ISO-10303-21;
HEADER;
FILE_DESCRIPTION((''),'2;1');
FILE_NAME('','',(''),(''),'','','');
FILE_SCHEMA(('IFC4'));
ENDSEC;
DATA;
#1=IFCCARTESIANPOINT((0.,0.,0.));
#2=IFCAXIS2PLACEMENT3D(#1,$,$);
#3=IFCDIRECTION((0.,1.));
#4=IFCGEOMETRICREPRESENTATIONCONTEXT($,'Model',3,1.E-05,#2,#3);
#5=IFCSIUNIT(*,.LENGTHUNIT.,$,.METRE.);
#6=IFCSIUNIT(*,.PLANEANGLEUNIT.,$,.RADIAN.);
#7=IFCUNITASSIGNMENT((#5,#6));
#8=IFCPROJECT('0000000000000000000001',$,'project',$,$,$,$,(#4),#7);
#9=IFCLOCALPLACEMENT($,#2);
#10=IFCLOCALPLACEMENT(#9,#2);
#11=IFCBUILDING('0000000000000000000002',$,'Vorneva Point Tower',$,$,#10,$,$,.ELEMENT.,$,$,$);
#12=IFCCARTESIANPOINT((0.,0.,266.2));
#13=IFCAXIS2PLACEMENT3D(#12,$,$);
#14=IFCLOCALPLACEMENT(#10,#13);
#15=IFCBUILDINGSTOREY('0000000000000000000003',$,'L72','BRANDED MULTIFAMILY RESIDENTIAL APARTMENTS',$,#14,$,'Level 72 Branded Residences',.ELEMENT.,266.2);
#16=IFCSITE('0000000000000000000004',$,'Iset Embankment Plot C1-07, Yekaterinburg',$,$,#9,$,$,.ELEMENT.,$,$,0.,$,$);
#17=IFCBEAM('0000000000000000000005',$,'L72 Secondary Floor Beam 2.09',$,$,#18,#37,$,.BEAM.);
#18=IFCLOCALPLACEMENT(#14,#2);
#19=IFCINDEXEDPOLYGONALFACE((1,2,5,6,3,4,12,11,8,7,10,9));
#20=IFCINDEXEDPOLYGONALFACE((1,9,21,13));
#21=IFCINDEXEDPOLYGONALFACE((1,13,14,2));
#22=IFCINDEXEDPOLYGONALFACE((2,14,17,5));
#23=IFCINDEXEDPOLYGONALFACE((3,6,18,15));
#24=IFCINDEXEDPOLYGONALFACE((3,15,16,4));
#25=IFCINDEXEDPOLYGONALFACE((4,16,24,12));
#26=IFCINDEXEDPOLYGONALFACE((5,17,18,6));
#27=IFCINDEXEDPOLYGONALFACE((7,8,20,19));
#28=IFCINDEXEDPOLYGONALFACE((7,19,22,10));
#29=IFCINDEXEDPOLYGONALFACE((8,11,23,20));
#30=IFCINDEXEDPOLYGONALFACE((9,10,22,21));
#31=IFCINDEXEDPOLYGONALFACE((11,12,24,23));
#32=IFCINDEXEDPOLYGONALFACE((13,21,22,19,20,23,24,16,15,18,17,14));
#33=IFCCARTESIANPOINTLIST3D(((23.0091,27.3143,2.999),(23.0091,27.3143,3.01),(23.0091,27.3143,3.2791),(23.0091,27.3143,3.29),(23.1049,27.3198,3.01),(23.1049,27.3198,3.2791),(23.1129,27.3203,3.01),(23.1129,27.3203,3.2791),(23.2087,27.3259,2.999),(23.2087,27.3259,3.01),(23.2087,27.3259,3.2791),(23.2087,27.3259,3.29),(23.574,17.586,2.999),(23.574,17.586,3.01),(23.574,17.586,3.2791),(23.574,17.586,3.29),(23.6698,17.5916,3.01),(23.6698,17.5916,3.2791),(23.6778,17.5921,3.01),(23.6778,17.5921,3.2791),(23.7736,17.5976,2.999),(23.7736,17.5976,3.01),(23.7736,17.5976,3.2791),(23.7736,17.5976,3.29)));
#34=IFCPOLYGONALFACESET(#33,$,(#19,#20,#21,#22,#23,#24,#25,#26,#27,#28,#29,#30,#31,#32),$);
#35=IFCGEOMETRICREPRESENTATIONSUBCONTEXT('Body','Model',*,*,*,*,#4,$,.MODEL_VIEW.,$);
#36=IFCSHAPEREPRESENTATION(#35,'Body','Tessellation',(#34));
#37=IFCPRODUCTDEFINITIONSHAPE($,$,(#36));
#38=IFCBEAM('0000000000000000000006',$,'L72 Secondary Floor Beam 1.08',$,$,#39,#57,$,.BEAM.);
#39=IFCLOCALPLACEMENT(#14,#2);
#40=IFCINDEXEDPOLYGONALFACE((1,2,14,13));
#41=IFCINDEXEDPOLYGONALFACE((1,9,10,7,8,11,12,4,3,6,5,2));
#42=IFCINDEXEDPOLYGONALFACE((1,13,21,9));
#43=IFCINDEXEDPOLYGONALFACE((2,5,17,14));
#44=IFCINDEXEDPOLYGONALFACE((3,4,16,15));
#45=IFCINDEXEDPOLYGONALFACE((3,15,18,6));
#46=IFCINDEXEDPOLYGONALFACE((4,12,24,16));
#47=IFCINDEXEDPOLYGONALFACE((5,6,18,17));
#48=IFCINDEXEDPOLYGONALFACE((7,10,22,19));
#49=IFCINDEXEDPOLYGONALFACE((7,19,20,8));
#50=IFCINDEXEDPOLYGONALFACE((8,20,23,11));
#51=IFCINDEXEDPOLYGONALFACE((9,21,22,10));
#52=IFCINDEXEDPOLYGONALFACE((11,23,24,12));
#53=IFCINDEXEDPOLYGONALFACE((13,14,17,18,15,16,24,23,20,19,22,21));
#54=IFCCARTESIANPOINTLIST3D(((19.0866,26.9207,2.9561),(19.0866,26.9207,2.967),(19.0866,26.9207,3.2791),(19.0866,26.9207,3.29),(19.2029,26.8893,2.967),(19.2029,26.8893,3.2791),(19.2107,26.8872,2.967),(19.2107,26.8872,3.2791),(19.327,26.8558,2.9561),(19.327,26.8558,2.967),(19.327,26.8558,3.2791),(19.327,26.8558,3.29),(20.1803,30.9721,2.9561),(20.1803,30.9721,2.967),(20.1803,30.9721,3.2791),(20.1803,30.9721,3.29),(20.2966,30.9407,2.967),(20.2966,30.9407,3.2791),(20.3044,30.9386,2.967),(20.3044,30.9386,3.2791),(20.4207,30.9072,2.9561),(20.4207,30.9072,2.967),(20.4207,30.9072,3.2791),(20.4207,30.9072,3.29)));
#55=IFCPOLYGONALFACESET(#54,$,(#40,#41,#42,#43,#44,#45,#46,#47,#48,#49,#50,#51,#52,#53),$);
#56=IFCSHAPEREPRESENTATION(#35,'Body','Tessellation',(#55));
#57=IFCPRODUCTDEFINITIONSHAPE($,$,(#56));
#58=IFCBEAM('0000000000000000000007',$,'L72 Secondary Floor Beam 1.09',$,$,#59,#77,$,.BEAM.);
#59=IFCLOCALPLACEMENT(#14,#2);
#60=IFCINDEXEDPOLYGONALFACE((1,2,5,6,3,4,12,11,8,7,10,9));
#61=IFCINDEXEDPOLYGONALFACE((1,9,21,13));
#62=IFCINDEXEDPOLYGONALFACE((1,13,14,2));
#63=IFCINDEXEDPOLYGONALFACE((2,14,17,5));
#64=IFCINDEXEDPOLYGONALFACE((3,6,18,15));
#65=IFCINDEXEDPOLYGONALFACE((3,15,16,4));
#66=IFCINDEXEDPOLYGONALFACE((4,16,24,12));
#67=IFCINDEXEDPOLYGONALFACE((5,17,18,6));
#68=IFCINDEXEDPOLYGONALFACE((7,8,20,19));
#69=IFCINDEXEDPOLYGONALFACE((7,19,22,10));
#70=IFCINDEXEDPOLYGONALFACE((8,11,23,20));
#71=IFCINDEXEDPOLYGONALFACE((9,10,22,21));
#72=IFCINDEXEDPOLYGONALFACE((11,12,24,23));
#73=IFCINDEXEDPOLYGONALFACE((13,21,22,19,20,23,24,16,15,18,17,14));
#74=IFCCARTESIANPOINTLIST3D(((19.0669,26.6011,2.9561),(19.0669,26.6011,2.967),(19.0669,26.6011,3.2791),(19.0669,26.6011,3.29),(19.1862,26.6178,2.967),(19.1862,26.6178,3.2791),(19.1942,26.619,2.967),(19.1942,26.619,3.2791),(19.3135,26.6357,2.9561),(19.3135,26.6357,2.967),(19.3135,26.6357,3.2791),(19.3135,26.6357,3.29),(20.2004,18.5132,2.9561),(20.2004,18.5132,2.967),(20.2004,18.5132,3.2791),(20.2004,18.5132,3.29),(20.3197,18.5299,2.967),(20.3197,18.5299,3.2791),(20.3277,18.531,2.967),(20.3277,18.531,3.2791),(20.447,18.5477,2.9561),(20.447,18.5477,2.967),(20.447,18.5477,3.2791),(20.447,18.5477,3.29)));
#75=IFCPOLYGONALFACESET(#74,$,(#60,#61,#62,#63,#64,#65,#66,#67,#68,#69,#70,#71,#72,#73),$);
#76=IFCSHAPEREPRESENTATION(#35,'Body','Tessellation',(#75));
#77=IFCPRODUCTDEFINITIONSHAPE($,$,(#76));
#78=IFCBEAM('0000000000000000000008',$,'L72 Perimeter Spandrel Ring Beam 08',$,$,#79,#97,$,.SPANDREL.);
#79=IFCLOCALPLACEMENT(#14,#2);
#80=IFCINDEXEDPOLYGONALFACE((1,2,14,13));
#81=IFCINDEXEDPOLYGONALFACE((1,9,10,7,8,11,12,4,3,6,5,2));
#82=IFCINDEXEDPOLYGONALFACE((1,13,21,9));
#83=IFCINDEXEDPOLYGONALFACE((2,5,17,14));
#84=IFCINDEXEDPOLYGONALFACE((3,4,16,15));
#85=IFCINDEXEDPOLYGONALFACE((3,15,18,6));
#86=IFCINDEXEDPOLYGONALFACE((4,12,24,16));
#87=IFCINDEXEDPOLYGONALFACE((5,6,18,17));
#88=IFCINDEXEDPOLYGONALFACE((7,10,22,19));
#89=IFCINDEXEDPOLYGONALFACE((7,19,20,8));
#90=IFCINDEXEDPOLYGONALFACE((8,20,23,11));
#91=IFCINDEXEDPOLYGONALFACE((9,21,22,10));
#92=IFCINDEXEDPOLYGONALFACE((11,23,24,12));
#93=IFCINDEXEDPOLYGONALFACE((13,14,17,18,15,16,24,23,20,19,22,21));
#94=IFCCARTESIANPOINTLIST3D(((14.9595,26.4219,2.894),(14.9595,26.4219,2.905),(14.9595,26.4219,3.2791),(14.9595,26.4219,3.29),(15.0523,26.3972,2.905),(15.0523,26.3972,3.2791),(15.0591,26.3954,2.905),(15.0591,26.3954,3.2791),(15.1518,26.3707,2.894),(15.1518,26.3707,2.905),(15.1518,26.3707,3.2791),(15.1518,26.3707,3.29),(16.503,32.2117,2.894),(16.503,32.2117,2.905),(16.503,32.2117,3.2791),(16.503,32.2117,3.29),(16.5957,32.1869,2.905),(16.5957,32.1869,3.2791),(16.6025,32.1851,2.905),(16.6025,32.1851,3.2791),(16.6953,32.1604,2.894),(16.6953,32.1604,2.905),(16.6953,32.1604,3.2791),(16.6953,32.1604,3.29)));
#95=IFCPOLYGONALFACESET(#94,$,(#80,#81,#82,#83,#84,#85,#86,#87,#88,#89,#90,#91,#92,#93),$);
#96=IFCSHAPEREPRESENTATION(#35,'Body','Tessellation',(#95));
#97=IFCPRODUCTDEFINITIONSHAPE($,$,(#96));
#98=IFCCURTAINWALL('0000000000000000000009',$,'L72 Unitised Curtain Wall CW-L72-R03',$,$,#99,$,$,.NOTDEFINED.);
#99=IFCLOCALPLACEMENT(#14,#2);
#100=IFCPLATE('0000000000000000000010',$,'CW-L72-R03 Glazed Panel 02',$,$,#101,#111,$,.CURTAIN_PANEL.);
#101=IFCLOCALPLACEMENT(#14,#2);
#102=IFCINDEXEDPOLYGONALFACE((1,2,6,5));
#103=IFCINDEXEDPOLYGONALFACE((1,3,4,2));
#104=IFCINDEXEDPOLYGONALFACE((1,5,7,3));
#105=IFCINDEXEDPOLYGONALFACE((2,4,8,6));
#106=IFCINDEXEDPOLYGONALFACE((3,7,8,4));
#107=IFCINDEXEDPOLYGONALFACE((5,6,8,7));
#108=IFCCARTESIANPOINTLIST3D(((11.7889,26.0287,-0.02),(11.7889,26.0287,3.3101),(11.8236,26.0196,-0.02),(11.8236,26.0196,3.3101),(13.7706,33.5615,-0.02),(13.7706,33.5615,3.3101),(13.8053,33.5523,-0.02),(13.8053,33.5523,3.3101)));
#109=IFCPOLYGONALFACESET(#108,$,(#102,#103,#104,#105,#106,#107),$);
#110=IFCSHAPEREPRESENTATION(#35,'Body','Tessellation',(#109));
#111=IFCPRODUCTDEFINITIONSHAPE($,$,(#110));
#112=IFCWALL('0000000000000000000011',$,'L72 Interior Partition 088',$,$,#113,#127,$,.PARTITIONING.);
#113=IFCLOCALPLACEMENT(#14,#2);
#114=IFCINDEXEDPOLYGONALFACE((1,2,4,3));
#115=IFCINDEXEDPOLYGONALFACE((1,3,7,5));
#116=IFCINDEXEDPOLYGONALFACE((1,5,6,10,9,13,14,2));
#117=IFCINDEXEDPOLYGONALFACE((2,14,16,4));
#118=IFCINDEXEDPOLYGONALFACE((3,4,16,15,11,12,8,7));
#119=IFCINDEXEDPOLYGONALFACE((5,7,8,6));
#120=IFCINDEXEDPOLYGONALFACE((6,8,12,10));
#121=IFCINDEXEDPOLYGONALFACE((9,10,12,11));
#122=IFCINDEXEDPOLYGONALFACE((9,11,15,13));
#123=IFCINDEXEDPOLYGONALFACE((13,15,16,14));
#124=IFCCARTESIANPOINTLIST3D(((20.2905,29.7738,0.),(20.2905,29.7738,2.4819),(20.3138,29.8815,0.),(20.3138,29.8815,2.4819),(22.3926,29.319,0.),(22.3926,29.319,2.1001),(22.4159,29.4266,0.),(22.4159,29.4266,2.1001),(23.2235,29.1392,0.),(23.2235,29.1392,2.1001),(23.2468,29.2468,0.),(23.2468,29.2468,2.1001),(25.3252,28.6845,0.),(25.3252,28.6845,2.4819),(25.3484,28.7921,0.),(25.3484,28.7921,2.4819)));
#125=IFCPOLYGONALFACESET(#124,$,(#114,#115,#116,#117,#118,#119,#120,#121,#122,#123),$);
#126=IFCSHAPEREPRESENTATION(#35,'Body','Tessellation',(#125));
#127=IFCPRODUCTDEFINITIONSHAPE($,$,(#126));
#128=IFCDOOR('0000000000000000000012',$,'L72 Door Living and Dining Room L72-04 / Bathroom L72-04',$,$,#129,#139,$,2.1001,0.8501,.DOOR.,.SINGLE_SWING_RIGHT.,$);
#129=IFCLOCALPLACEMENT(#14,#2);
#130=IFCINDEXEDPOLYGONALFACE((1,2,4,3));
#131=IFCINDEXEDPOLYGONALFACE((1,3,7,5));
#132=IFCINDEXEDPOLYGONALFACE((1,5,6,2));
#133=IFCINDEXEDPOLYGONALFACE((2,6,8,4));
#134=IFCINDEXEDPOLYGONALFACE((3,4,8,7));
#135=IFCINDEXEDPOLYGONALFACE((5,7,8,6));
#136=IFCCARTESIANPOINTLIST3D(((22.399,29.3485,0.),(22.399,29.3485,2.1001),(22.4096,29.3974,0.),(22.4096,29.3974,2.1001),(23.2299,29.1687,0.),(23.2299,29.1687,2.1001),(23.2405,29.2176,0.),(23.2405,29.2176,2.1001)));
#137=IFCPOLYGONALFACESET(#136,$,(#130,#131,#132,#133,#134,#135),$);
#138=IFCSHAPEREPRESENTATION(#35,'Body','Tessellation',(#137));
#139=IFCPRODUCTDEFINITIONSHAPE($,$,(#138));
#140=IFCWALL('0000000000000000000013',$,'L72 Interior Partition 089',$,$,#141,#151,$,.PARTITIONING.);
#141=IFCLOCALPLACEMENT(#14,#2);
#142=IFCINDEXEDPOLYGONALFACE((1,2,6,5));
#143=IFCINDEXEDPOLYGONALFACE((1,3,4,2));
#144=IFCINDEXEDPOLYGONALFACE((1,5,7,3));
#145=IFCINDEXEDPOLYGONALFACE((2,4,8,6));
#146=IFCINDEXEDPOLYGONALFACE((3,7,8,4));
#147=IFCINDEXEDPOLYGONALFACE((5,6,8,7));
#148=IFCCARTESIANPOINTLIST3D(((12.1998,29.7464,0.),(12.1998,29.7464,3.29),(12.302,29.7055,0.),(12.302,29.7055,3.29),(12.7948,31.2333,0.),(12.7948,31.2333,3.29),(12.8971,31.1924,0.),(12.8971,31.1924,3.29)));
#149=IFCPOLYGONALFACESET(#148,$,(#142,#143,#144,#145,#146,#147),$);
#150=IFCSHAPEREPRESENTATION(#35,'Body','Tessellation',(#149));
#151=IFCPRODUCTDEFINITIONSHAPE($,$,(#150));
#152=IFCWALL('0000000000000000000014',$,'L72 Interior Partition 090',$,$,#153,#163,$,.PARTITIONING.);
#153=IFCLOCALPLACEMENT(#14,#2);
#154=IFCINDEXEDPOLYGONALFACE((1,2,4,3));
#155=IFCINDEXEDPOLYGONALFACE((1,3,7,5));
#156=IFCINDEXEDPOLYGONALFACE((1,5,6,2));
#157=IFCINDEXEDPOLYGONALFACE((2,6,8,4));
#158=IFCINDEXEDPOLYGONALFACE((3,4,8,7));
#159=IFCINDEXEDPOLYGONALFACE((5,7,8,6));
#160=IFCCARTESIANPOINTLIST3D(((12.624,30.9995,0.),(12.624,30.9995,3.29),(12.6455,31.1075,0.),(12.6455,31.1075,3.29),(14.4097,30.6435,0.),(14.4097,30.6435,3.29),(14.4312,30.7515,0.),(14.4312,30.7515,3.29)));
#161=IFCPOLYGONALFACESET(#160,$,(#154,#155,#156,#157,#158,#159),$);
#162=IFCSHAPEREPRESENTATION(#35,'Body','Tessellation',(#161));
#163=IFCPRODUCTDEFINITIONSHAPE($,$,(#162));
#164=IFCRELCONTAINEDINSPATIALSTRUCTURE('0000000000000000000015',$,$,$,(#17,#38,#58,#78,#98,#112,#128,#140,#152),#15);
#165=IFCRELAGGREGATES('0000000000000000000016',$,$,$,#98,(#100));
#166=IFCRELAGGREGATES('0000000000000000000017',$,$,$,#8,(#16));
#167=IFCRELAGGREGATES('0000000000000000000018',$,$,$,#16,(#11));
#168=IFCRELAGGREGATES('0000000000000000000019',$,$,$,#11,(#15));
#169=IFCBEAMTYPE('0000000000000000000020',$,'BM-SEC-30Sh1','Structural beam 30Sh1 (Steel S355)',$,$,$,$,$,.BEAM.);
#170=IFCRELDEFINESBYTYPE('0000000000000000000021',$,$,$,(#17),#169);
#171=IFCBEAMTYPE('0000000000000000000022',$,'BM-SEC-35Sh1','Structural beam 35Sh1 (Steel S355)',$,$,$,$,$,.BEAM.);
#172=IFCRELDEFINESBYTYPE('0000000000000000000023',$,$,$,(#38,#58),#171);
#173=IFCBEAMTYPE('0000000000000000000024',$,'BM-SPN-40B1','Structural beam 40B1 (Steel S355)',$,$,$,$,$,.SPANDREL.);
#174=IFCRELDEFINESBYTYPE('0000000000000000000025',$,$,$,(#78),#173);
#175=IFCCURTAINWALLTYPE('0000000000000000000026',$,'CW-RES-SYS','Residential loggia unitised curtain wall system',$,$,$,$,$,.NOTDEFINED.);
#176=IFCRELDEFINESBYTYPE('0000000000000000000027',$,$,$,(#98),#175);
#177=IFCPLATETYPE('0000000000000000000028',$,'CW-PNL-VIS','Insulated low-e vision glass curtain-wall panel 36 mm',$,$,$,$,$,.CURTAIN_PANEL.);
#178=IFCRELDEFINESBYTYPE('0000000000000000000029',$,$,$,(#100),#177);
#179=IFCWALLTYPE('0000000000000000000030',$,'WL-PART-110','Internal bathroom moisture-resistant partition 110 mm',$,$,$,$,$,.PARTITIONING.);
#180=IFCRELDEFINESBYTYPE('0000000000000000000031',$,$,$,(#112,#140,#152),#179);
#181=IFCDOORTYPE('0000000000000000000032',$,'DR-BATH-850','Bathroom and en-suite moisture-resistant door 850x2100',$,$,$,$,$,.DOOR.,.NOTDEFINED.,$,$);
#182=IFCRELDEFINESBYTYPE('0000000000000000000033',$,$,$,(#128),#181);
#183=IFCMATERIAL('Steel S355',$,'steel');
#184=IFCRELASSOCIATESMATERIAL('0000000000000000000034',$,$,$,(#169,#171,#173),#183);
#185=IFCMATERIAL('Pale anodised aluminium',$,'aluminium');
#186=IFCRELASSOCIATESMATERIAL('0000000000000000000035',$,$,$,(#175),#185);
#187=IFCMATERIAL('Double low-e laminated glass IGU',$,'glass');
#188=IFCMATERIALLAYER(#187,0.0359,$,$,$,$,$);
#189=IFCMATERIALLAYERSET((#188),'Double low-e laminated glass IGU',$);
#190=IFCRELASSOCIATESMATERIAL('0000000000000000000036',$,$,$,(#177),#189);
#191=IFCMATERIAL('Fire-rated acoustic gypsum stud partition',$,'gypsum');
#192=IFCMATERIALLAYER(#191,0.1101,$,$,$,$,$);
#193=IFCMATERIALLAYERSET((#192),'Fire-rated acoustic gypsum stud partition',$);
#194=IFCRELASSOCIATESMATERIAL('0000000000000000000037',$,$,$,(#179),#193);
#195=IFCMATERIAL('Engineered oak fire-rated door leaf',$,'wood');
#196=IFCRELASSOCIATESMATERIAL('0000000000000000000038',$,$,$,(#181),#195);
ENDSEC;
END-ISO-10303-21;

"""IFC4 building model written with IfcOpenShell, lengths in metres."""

from ifc_helpers import new_model, si_unit, direction, frame, frame_2d, origin, origin_2d, place, context, subcontext, project, spatial, rectangle, i_section, extrude, material, layer, layer_set, material_profile, profile_set, type_object, element, fill, aggregate, save


model = new_model("IFC4")

# Units and contexts
model_context = context("Model", 3, precision=1e-05, world=origin(), true_north=direction((0.0, 1.0)))
body_context = subcontext(model_context, "Body", "Model", "MODEL_VIEW")
ifc_project = project(units=[si_unit("LENGTHUNIT", "METRE"), si_unit("PLANEANGLEUNIT", "RADIAN")], contexts=[model_context])

# Site, building, storey
site_placement = place(None, origin())
site = spatial("IfcSite", under=ifc_project, at=site_placement, Name="Iset Embankment Plot C1-07, Yekaterinburg", CompositionType="ELEMENT", RefElevation=0.0)
building_placement = place(site_placement, origin())
building = spatial("IfcBuilding", under=site, at=building_placement, Name="Vorneva Point Tower", CompositionType="ELEMENT")
storey_placement = place(building_placement, frame((0.0, 0.0, 266.2)))
storey = spatial("IfcBuildingStorey", under=building, at=storey_placement, Name="L72", Description="BRANDED MULTIFAMILY RESIDENTIAL APARTMENTS", LongName="Level 72 Branded Residences", CompositionType="ELEMENT", Elevation=266.2)

# Beams
ifc_material_1 = material(Name="Steel S355", Category="steel")
ifc_material_profile_1 = material_profile(ifc_material_1, i_section(OverallWidth=0.2, OverallDepth=0.291, WebThickness=0.0081, FlangeThickness=0.011, at=origin_2d()), Name="30Sh1")
ifc_profile_set_1 = profile_set([ifc_material_profile_1], Name="Steel S355")
beam_type_1 = type_object("IfcBeamType", Name="BM-SEC-30Sh1", Description="Structural beam 30Sh1 (Steel S355)", PredefinedType="BEAM", material=ifc_profile_set_1)
beam_1_placement = place(storey_placement, frame((23.1089, 27.3201, 3.1445), z_axis=(0.057974, -0.998318, 0.0), x_axis=(0.998318, 0.057974, 0.0)))
element("IfcBeam", 1, at=beam_1_placement, inside=storey, type_object=beam_type_1, Name="L72 Secondary Floor Beam 2.09", PredefinedType="BEAM", context=body_context, shape_type="SweptSolid", body=[
    extrude(i_section(OverallWidth=0.2, OverallDepth=0.291, WebThickness=0.0081, FlangeThickness=0.011, at=origin_2d()), origin(), (0.0, 0.0, 1.0), 9.7446),
])
ifc_material_profile_2 = material_profile(ifc_material_1, i_section(OverallWidth=0.249, OverallDepth=0.334, WebThickness=0.0081, FlangeThickness=0.011, at=origin_2d()), Name="35Sh1")
ifc_profile_set_2 = profile_set([ifc_material_profile_2], Name="Steel S355")
beam_type_2 = type_object("IfcBeamType", Name="BM-SEC-35Sh1", Description="Structural beam 35Sh1 (Steel S355)", PredefinedType="BEAM", material=ifc_profile_set_2)
beam_2_placement = place(storey_placement, frame((20.3005, 30.9397, 3.123), z_axis=(-0.260631, -0.965439, 0.0), x_axis=(0.965439, -0.260631, 0.0)))
element("IfcBeam", 2, at=beam_2_placement, inside=storey, type_object=beam_type_2, Name="L72 Secondary Floor Beam 1.08", PredefinedType="BEAM", context=body_context, shape_type="SweptSolid", body=[
    extrude(i_section(OverallWidth=0.249, OverallDepth=0.334, WebThickness=0.0081, FlangeThickness=0.011, at=origin_2d()), origin(), (0.0, 0.0, 1.0), 4.1965),
])
beam_3_placement = place(storey_placement, frame((19.1902, 26.6184, 3.123), z_axis=(0.138797, -0.990321, 0.0), x_axis=(0.990321, 0.138797, 0.0)))
element("IfcBeam", 3, at=beam_3_placement, inside=storey, type_object=beam_type_2, Name="L72 Secondary Floor Beam 1.09", PredefinedType="BEAM", context=body_context, shape_type="SweptSolid", body=[
    extrude(i_section(OverallWidth=0.249, OverallDepth=0.334, WebThickness=0.0081, FlangeThickness=0.011, at=origin_2d()), origin(), (0.0, 0.0, 1.0), 8.167),
])
ifc_material_profile_3 = material_profile(ifc_material_1, i_section(OverallWidth=0.199, OverallDepth=0.396, WebThickness=0.0071, FlangeThickness=0.011, at=origin_2d()), Name="40B1")
ifc_profile_set_3 = profile_set([ifc_material_profile_3], Name="Steel S355")
beam_type_3 = type_object("IfcBeamType", Name="BM-SPN-40B1", Description="Structural beam 40B1 (Steel S355)", PredefinedType="SPANDREL", material=ifc_profile_set_3)
beam_4_placement = place(storey_placement, frame((16.5991, 32.186, 3.092), z_axis=(-0.257587, -0.966255, 0.0), x_axis=(0.966255, -0.257587, 0.0)))
element("IfcBeam", 4, at=beam_4_placement, inside=storey, type_object=beam_type_3, Name="L72 Perimeter Spandrel Ring Beam 08", PredefinedType="SPANDREL", context=body_context, shape_type="SweptSolid", body=[
    extrude(i_section(OverallWidth=0.199, OverallDepth=0.396, WebThickness=0.0071, FlangeThickness=0.011, at=origin_2d()), origin(), (0.0, 0.0, 1.0), 5.9919),
])

# Curtain wall, plate
ifc_material_2 = material(Name="Pale anodised aluminium", Category="aluminium")
curtain_wall_type = type_object("IfcCurtainWallType", Name="CW-RES-SYS", Description="Residential loggia unitised curtain wall system", PredefinedType="NOTDEFINED", material=ifc_material_2)
curtain_wall_placement = place(storey_placement, origin())
curtain_wall = element("IfcCurtainWall", 5, at=curtain_wall_placement, inside=storey, type_object=curtain_wall_type, Name="L72 Unitised Curtain Wall CW-L72-R03", PredefinedType="NOTDEFINED")
ifc_material_3 = material(Name="Double low-e laminated glass IGU", Category="glass")
ifc_layer_1 = layer(ifc_material_3, 0.0359)
ifc_layer_set_1 = layer_set([ifc_layer_1], Name="Double low-e laminated glass IGU")
plate_type = type_object("IfcPlateType", Name="CW-PNL-VIS", Description="Insulated low-e vision glass curtain-wall panel 36 mm", PredefinedType="CURTAIN_PANEL", material=ifc_layer_set_1)
plate_placement = place(storey_placement, frame((12.7971, 29.7905, -0.02), z_axis=(0.0, 0.0, 1.0), x_axis=(-0.254416, -0.967095, 0.0)))
plate = element("IfcPlate", 6, at=plate_placement, type_object=plate_type, Name="CW-L72-R03 Glazed Panel 02", PredefinedType="CURTAIN_PANEL", context=body_context, shape_type="SweptSolid", body=[
    extrude(rectangle(XDim=7.7891, YDim=0.0359, at=origin_2d()), origin(), (0.0, 0.0, 1.0), 3.3301),
])
aggregate(curtain_wall, [plate])

# Wall, opening, door
ifc_material_4 = material(Name="Fire-rated acoustic gypsum stud partition", Category="gypsum")
ifc_layer_2 = layer(ifc_material_4, 0.1101)
ifc_layer_set_2 = layer_set([ifc_layer_2], Name="Fire-rated acoustic gypsum stud partition")
wall_type_1 = type_object("IfcWallType", Name="WL-PART-110", Description="Internal bathroom moisture-resistant partition 110 mm", PredefinedType="PARTITIONING", material=ifc_layer_set_2)
wall_1_placement = place(storey_placement, frame((25.3369, 28.7383, 0.0), z_axis=(0.0, 0.0, 1.0), x_axis=(-0.977383, 0.211477, 0.0)))
wall_1 = element("IfcWall", 7, at=wall_1_placement, inside=storey, type_object=wall_type_1, Name="L72 Interior Partition 088", PredefinedType="PARTITIONING", context=body_context, shape_type="SweptSolid", body=[
    extrude(rectangle(XDim=5.1511, YDim=0.1101, at=frame_2d((2.5757, 0.0))), origin(), (0.0, 0.0, 1.0), 2.4819),
])
opening_1_placement = place(wall_1_placement, frame((2.1504, 0.0, 0.0)))
opening_1 = element("IfcOpeningElement", 8, at=opening_1_placement, cuts=wall_1, PredefinedType="OPENING", context=body_context, shape_type="SweptSolid", body=[
    extrude(rectangle(XDim=0.8501, YDim=2.1001, at=frame_2d((0.425, 1.05))), frame((0.0, 0.0698, 0.0), z_axis=(0.0, -1.0, 0.0), x_axis=(1.0, 0.0, 0.0)), (0.0, 0.0, 1.0), 0.1399),
])
ifc_material_5 = material(Name="Engineered oak fire-rated door leaf", Category="wood")
door_type_1 = type_object("IfcDoorType", Name="DR-BATH-850", Description="Bathroom and en-suite moisture-resistant door 850x2100", OperationType="NOTDEFINED", PredefinedType="DOOR", material=ifc_material_5)
door_1_placement = place(opening_1_placement, origin())
door_1 = element("IfcDoor", 9, at=door_1_placement, inside=storey, type_object=door_type_1, Name="L72 Door Living and Dining Room L72-04 / Bathroom L72-04", OperationType="SINGLE_SWING_RIGHT", OverallHeight=2.1001, OverallWidth=0.8501, PredefinedType="DOOR", context=body_context, shape_type="SweptSolid", body=[
    extrude(rectangle(XDim=0.8501, YDim=2.1001, at=frame_2d((0.425, 1.05))), frame((0.0, 0.0249, 0.0), z_axis=(0.0, -1.0, 0.0), x_axis=(1.0, 0.0, 0.0)), (0.0, 0.0, 1.0), 0.05),
])
fill(opening_1, door_1)

# Walls
wall_2_placement = place(storey_placement, frame((12.8459, 31.2129, 0.0), z_axis=(0.0, 0.0, 1.0), x_axis=(-0.371522, -0.928424, 0.0)))
element("IfcWall", 10, at=wall_2_placement, inside=storey, type_object=wall_type_1, Name="L72 Interior Partition 089", PredefinedType="PARTITIONING", context=body_context, shape_type="SweptSolid", body=[
    extrude(rectangle(XDim=1.6016, YDim=0.1101, at=frame_2d((0.8008, 0.0))), origin(), (0.0, 0.0, 1.0), 3.29),
])
wall_3_placement = place(storey_placement, frame((12.6348, 31.0535, 0.0), z_axis=(0.0, 0.0, 1.0), x_axis=(0.980704, -0.195497, 0.0)))
element("IfcWall", 11, at=wall_3_placement, inside=storey, type_object=wall_type_1, Name="L72 Interior Partition 090", PredefinedType="PARTITIONING", context=body_context, shape_type="SweptSolid", body=[
    extrude(rectangle(XDim=1.8208, YDim=0.1101, at=frame_2d((0.9104, 0.0))), origin(), (0.0, 0.0, 1.0), 3.29),
])

save(model, "model.ifc")
